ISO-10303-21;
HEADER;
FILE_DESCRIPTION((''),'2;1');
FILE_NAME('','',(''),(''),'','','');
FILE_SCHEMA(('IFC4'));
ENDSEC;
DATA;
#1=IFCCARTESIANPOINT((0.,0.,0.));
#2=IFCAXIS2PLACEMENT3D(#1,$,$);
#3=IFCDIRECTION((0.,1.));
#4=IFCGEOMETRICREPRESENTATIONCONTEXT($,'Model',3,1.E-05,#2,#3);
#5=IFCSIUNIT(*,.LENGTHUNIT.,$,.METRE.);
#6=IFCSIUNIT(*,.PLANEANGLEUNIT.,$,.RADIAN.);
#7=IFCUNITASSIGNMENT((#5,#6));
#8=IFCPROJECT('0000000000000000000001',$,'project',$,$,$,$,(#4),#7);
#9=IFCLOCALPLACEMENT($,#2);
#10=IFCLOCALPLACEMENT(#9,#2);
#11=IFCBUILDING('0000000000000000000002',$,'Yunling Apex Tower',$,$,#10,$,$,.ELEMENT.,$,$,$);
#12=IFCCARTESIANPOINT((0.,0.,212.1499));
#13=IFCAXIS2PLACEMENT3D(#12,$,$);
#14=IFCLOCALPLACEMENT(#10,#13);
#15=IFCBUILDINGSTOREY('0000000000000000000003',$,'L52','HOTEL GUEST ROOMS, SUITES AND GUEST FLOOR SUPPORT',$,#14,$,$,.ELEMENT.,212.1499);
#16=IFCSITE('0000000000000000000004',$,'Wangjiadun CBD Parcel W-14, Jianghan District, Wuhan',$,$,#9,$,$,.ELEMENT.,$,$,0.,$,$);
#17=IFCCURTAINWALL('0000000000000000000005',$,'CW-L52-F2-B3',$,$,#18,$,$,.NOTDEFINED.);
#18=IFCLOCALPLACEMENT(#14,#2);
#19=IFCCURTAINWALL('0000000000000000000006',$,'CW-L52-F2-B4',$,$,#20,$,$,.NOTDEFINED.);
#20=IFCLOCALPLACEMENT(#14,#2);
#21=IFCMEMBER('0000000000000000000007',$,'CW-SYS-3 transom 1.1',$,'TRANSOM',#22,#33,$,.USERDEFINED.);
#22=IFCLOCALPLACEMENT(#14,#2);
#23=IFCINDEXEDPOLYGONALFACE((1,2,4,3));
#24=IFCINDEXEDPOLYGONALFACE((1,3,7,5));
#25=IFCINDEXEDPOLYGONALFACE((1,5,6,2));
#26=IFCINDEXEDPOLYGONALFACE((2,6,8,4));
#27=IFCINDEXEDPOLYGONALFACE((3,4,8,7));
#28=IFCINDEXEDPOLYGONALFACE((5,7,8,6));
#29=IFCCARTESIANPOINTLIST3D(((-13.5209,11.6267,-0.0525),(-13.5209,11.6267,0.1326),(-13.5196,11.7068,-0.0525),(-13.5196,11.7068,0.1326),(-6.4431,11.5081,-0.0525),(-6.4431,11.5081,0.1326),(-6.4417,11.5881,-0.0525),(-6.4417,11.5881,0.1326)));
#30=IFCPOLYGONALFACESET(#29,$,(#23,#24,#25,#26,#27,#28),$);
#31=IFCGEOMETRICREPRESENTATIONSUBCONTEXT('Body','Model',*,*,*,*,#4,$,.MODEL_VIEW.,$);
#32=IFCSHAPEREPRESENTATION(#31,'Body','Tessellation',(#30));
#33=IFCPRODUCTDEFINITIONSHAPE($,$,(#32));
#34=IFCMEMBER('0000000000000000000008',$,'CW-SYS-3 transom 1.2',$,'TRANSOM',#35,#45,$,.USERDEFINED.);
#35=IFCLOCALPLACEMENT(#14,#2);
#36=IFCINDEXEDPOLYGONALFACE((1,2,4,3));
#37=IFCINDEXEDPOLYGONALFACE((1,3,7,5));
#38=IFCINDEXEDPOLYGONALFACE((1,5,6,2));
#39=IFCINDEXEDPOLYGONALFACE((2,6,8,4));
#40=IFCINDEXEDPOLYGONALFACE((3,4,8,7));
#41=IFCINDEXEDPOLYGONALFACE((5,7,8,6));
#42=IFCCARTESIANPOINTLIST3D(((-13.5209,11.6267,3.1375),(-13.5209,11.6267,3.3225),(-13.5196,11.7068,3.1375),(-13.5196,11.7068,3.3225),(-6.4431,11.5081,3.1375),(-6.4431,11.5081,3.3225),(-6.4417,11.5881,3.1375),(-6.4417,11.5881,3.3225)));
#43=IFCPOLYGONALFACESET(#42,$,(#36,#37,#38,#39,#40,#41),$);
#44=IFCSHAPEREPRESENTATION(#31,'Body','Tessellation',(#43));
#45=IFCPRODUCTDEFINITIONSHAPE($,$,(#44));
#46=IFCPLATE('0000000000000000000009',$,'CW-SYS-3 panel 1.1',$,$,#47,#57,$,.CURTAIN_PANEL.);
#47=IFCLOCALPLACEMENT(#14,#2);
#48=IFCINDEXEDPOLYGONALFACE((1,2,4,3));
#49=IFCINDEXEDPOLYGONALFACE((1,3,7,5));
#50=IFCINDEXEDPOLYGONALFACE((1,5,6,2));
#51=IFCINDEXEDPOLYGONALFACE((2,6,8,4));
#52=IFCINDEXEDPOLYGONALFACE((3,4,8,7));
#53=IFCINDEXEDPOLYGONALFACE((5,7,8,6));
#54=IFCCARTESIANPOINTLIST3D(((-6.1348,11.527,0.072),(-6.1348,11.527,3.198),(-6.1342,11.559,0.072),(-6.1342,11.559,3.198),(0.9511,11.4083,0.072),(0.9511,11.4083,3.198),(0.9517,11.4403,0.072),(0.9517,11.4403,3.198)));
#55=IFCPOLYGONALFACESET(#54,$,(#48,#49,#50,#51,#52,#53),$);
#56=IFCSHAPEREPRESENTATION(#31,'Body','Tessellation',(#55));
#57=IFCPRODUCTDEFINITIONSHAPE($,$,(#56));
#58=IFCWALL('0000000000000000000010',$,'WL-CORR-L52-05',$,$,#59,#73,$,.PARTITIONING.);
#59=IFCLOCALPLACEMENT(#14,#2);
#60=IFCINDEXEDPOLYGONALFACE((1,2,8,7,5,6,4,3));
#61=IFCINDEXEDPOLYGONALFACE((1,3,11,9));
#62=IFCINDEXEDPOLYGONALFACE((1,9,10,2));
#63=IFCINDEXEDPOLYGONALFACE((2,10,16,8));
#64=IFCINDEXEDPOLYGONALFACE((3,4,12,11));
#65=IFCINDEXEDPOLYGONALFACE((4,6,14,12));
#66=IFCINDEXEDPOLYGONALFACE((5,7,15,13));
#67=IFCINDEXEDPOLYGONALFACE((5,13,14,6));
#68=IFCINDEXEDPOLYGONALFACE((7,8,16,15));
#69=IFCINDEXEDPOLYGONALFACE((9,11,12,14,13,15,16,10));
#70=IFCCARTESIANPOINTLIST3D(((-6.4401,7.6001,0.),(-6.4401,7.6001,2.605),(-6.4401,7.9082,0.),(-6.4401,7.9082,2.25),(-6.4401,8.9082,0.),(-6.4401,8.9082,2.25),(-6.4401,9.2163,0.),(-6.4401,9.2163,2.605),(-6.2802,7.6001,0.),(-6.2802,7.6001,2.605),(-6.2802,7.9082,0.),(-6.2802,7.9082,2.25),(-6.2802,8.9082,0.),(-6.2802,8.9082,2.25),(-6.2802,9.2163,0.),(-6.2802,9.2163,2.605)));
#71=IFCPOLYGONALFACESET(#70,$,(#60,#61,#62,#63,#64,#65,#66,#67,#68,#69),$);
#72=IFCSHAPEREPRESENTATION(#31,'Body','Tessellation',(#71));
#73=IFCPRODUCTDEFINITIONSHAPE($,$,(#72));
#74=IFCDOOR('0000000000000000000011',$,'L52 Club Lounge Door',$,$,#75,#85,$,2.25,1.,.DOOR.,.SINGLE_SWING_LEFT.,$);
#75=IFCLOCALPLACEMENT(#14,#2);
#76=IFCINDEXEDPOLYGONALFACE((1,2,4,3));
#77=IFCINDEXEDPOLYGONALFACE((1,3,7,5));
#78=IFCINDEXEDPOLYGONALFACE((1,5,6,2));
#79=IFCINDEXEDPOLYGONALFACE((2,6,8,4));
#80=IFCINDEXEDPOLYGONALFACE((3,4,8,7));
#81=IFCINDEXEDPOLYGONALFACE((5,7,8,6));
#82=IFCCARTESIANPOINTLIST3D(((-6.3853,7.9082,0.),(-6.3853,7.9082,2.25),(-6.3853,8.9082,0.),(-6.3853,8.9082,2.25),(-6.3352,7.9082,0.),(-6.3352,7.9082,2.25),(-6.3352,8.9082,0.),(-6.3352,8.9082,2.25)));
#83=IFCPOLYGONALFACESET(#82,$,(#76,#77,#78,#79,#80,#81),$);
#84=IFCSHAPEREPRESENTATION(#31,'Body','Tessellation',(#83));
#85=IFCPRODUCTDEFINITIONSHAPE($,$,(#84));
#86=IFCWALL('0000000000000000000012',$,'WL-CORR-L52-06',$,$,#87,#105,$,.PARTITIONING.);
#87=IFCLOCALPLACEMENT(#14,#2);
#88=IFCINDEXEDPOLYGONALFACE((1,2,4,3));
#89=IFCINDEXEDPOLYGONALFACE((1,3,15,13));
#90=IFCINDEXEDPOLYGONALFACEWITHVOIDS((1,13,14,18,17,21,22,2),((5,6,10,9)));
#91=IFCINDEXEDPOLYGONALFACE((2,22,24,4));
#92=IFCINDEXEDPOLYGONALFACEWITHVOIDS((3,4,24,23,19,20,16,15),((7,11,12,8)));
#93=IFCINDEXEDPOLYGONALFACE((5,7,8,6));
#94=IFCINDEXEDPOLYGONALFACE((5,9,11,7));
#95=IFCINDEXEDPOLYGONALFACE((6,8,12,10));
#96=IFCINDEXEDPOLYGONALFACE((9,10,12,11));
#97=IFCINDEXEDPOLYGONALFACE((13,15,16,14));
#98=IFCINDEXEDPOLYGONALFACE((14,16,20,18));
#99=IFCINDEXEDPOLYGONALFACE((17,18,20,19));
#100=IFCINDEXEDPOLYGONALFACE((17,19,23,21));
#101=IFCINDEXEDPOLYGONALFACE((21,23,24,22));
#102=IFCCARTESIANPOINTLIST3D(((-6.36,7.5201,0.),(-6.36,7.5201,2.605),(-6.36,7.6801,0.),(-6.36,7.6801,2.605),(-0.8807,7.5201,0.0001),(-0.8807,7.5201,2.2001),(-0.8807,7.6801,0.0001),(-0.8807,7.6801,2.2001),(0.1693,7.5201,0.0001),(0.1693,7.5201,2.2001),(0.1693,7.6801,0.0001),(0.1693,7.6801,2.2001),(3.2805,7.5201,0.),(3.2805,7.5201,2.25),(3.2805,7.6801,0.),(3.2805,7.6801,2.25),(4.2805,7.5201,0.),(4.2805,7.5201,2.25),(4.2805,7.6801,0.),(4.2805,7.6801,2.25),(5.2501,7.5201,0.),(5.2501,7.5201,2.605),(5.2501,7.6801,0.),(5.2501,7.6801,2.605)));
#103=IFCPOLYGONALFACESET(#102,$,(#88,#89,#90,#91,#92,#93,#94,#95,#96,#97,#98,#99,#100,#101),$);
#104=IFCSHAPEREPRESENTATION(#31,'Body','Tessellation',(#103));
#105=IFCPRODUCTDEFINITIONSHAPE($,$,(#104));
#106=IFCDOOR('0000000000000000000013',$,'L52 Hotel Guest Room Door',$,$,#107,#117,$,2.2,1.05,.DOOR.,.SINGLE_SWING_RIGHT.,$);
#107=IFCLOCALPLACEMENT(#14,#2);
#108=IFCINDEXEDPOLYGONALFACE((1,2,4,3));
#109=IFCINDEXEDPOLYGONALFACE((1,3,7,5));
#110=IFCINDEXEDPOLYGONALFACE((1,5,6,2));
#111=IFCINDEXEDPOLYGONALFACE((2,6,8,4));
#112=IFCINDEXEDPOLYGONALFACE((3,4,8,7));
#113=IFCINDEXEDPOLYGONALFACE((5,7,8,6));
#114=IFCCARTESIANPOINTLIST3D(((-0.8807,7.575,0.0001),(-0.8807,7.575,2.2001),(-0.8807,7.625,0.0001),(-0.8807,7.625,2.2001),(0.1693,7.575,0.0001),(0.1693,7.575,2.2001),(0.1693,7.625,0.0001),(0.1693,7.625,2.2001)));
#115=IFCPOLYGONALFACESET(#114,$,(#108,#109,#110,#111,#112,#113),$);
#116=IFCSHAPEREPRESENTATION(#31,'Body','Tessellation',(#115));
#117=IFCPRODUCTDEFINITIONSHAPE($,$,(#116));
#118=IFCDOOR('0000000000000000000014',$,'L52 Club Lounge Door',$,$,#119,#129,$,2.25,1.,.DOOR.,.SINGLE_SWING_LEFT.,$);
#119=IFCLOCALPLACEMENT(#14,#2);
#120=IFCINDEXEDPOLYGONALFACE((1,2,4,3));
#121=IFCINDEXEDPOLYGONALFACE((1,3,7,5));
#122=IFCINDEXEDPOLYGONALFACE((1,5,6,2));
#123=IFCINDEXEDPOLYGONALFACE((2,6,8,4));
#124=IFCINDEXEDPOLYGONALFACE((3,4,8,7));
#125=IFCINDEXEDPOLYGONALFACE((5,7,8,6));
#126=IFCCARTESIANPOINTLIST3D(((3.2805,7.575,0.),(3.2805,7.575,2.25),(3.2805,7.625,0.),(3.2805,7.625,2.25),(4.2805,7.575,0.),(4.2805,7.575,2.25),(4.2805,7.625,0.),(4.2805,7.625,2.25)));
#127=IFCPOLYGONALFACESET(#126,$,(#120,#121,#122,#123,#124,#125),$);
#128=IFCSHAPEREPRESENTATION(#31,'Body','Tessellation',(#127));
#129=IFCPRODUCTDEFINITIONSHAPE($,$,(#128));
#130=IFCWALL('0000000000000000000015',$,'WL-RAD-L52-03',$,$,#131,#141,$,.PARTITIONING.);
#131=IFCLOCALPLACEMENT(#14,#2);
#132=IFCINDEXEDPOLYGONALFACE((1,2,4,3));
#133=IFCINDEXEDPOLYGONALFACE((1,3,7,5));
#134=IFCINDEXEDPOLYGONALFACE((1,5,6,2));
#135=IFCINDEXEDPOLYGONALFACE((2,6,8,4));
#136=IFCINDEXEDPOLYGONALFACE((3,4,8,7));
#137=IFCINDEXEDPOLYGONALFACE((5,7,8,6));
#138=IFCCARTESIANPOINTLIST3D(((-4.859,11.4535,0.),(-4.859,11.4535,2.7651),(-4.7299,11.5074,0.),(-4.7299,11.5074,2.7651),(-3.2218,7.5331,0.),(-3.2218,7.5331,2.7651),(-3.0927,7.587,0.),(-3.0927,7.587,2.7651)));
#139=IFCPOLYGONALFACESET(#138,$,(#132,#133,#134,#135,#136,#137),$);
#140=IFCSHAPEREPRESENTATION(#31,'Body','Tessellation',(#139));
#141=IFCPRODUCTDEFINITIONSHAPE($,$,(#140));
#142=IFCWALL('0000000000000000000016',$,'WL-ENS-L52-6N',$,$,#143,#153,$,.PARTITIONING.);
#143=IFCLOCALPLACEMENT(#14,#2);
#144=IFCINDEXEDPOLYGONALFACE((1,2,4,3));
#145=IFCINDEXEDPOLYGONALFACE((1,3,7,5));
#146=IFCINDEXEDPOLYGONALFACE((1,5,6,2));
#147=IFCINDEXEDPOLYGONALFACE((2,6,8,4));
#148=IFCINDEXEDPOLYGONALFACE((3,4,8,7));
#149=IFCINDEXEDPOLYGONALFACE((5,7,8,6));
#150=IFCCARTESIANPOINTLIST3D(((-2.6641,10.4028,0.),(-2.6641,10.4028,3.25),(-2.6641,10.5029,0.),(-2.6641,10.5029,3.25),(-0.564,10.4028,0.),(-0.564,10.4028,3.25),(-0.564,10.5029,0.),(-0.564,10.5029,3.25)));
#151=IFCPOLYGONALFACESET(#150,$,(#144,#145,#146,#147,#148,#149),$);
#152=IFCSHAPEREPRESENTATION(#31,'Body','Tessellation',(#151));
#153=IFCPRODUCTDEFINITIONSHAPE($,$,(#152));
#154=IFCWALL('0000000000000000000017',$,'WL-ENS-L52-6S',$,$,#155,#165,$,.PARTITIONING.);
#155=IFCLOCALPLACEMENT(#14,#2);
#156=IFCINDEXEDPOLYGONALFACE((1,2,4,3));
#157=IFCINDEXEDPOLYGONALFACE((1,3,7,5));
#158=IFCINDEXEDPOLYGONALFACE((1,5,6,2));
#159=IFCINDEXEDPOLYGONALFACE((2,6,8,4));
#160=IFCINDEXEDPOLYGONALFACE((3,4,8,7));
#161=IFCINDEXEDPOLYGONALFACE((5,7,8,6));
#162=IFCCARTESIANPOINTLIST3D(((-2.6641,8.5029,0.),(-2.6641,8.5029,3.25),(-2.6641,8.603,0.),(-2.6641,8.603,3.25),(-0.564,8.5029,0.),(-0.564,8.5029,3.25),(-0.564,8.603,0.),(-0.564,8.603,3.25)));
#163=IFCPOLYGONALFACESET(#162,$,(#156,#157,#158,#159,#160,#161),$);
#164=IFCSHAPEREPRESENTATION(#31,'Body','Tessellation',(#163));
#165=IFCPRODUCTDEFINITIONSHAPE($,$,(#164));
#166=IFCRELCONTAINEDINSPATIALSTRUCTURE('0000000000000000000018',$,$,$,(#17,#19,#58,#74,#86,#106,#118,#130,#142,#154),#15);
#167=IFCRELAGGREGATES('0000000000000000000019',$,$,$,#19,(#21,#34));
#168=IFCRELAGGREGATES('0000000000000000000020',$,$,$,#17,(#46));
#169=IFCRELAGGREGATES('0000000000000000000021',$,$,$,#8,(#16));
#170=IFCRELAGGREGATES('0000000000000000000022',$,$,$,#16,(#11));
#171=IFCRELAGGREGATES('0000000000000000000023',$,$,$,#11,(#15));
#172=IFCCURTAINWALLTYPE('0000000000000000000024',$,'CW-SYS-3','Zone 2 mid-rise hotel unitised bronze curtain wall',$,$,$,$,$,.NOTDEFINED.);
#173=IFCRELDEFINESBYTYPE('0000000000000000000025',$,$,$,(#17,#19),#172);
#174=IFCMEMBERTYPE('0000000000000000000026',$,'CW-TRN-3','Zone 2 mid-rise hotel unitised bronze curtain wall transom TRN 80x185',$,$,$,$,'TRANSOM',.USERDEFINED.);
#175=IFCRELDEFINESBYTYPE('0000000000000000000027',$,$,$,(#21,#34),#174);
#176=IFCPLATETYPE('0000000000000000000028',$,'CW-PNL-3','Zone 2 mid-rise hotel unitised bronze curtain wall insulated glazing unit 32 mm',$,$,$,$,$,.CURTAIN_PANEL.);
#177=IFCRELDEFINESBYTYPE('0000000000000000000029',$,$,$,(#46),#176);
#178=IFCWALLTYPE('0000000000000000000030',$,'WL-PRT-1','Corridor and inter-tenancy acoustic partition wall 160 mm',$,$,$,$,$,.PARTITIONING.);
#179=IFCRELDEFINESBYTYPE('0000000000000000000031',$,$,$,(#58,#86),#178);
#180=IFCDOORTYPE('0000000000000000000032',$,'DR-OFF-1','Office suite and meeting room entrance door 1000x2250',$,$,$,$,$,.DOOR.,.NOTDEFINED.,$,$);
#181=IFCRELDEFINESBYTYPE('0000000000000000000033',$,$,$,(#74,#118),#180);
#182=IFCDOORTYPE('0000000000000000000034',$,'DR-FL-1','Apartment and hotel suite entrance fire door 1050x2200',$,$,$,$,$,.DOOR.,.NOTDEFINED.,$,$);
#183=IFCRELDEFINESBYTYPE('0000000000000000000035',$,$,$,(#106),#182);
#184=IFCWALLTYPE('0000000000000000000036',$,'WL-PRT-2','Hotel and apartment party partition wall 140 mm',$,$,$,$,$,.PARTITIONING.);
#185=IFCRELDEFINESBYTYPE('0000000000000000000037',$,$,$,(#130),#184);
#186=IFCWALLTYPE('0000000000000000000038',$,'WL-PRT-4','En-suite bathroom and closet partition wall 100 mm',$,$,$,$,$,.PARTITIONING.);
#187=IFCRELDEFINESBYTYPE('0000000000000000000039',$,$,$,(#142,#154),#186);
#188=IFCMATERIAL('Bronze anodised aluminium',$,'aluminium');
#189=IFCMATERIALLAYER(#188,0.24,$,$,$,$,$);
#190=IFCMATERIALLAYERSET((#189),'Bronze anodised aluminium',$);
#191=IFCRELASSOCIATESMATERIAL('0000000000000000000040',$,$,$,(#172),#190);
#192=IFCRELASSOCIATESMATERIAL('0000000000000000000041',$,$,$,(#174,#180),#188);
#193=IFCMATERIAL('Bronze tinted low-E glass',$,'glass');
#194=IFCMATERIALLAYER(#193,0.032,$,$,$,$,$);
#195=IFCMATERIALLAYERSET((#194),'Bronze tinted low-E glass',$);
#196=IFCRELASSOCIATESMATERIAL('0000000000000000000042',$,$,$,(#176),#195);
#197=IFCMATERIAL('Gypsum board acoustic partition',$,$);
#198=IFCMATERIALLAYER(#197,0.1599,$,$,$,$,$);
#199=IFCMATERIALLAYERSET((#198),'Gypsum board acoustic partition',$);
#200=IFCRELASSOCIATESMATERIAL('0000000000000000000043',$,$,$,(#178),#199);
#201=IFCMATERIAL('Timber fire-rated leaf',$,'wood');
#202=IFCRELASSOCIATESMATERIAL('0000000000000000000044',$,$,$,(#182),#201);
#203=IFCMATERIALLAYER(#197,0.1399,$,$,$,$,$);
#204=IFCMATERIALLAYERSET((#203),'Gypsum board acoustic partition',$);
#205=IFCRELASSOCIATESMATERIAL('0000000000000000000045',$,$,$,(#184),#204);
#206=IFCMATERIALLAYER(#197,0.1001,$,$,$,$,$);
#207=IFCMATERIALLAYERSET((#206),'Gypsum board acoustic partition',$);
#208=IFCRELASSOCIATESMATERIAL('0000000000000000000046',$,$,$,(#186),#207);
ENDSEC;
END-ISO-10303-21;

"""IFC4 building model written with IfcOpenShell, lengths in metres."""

from ifc_helpers import new_model, si_unit, direction, frame, frame_2d, origin, origin_2d, place, context, subcontext, project, spatial, rectangle, extrude, source, transform, mapped, material, layer, layer_set, material_profile, profile_set, type_object, element, fill, aggregate, save


model = new_model("IFC4")

# Units and contexts
model_context = context("Model", 3, precision=1e-05, world=origin(), true_north=direction((0.0, 1.0)))
body_context = subcontext(model_context, "Body", "Model", "MODEL_VIEW")
ifc_project = project(units=[si_unit("LENGTHUNIT", "METRE"), si_unit("PLANEANGLEUNIT", "RADIAN")], contexts=[model_context])

# Site, building, storey
site_placement = place(None, origin())
site = spatial("IfcSite", under=ifc_project, at=site_placement, Name="Wangjiadun CBD Parcel W-14, Jianghan District, Wuhan", CompositionType="ELEMENT", RefElevation=0.0)
building_placement = place(site_placement, origin())
building = spatial("IfcBuilding", under=site, at=building_placement, Name="Yunling Apex Tower", CompositionType="ELEMENT")
storey_placement = place(building_placement, frame((0.0, 0.0, 212.1499)))
storey = spatial("IfcBuildingStorey", under=building, at=storey_placement, Name="L52", Description="HOTEL GUEST ROOMS, SUITES AND GUEST FLOOR SUPPORT", CompositionType="ELEMENT", Elevation=212.1499)

# Curtain wall
ifc_material_1 = material(Name="Bronze anodised aluminium", Category="aluminium")
ifc_layer_1 = layer(ifc_material_1, 0.24)
ifc_layer_set_1 = layer_set([ifc_layer_1], Name="Bronze anodised aluminium")
curtain_wall_type = type_object("IfcCurtainWallType", Name="CW-SYS-3", Description="Zone 2 mid-rise hotel unitised bronze curtain wall", PredefinedType="NOTDEFINED", material=ifc_layer_set_1)
curtain_wall_1_placement = place(storey_placement, origin())
curtain_wall_1 = element("IfcCurtainWall", 1, at=curtain_wall_1_placement, inside=storey, type_object=curtain_wall_type, Name="CW-L52-F2-B3", PredefinedType="NOTDEFINED")

# Curtain wall, members
curtain_wall_2_placement = place(storey_placement, origin())
curtain_wall_2 = element("IfcCurtainWall", 2, at=curtain_wall_2_placement, inside=storey, type_object=curtain_wall_type, Name="CW-L52-F2-B4", PredefinedType="NOTDEFINED")
ifc_material_profile_1 = material_profile(ifc_material_1, rectangle(XDim=0.0801, YDim=0.1851, at=origin_2d()))
ifc_profile_set_1 = profile_set([ifc_material_profile_1], Name="Bronze anodised aluminium")
member_type_1 = type_object("IfcMemberType", Name="CW-TRN-3", Description="Zone 2 mid-rise hotel unitised bronze curtain wall transom TRN 80x185", ElementType="TRANSOM", PredefinedType="USERDEFINED", material=ifc_profile_set_1)
shared_shape_1 = source(origin(), body_context, "Body", "SweptSolid", [
    extrude(rectangle(XDim=0.0801, YDim=0.1851, at=origin_2d()), origin(), (0.0, 0.0, 1.0), 7.0789),
])
member_1_placement = place(storey_placement, frame((-6.4424, 11.5481, 0.04), z_axis=(-0.99986, 0.016761, 0.0), x_axis=(-0.016761, -0.99986, 0.0)))
member_1 = element("IfcMember", 3, at=member_1_placement, type_object=member_type_1, Name="CW-SYS-3 transom 1.1", ObjectType="TRANSOM", PredefinedType="USERDEFINED", context=body_context, shape_type="MappedRepresentation", body=[
    mapped(shared_shape_1, transform((0.0, 0.0, 0.0), scale=1.0)),
])
member_2_placement = place(storey_placement, frame((-6.4424, 11.5481, 3.23), z_axis=(-0.99986, 0.016761, 0.0), x_axis=(-0.016761, -0.99986, 0.0)))
member_2 = element("IfcMember", 4, at=member_2_placement, type_object=member_type_1, Name="CW-SYS-3 transom 1.2", ObjectType="TRANSOM", PredefinedType="USERDEFINED", context=body_context, shape_type="MappedRepresentation", body=[
    mapped(shared_shape_1, transform((0.0, 0.0, 0.0), scale=1.0)),
])
aggregate(curtain_wall_2, [member_1, member_2])

# Plate
ifc_material_2 = material(Name="Bronze tinted low-E glass", Category="glass")
ifc_layer_2 = layer(ifc_material_2, 0.032)
ifc_layer_set_2 = layer_set([ifc_layer_2], Name="Bronze tinted low-E glass")
plate_type = type_object("IfcPlateType", Name="CW-PNL-3", Description="Zone 2 mid-rise hotel unitised bronze curtain wall insulated glazing unit 32 mm", PredefinedType="CURTAIN_PANEL", material=ifc_layer_set_2)
shared_shape_2 = source(origin(), body_context, "Body", "SweptSolid", [
    extrude(rectangle(XDim=7.0869, YDim=0.032, at=origin_2d()), origin(), (0.0, 0.0, 1.0), 3.126),
])
plate_placement = place(storey_placement, frame((-2.5916, 11.4836, 0.072), z_axis=(0.0, 0.0, 1.0), x_axis=(-0.99986, 0.016747, 0.0)))
plate = element("IfcPlate", 5, at=plate_placement, type_object=plate_type, Name="CW-SYS-3 panel 1.1", PredefinedType="CURTAIN_PANEL", context=body_context, shape_type="MappedRepresentation", body=[
    mapped(shared_shape_2, transform((0.0, 0.0, 0.0), scale=1.0)),
])
aggregate(curtain_wall_1, [plate])

# Wall, opening, door
ifc_material_3 = material(Name="Gypsum board acoustic partition")
ifc_layer_3 = layer(ifc_material_3, 0.1599)
ifc_layer_set_3 = layer_set([ifc_layer_3], Name="Gypsum board acoustic partition")
wall_type_1 = type_object("IfcWallType", Name="WL-PRT-1", Description="Corridor and inter-tenancy acoustic partition wall 160 mm", PredefinedType="PARTITIONING", material=ifc_layer_set_3)
wall_1_placement = place(storey_placement, frame((-6.3601, 9.2163, 0.0), z_axis=(0.0, 0.0, 1.0), x_axis=(0.0, -1.0, 0.0)))
wall_1 = element("IfcWall", 6, at=wall_1_placement, inside=storey, type_object=wall_type_1, Name="WL-CORR-L52-05", PredefinedType="PARTITIONING", context=body_context, shape_type="SweptSolid", body=[
    extrude(rectangle(XDim=1.6162, YDim=0.1599, at=frame_2d((0.8081, 0.0))), origin(), (0.0, 0.0, 1.0), 2.605),
])
opening_1_placement = place(wall_1_placement, frame((0.3081, 0.0, 0.0)))
opening_1 = element("IfcOpeningElement", 7, at=opening_1_placement, cuts=wall_1, PredefinedType="OPENING", context=body_context, shape_type="SweptSolid", body=[
    extrude(rectangle(XDim=1.0, YDim=2.25, at=frame_2d((0.5, 1.125))), frame((0.0, 0.0898, 0.0), z_axis=(0.0, -1.0, 0.0), x_axis=(1.0, 0.0, 0.0)), (0.0, 0.0, 1.0), 0.1799),
])
door_type_1 = type_object("IfcDoorType", Name="DR-OFF-1", Description="Office suite and meeting room entrance door 1000x2250", OperationType="NOTDEFINED", PredefinedType="DOOR", material=ifc_material_1)
door_1_placement = place(opening_1_placement, origin())
door_1 = element("IfcDoor", 8, at=door_1_placement, inside=storey, type_object=door_type_1, Name="L52 Club Lounge Door", OperationType="SINGLE_SWING_LEFT", OverallHeight=2.25, OverallWidth=1.0, PredefinedType="DOOR", context=body_context, shape_type="SweptSolid", body=[
    extrude(rectangle(XDim=1.0, YDim=2.25, at=frame_2d((0.5, 1.125))), frame((0.0, 0.0249, 0.0), z_axis=(0.0, -1.0, 0.0), x_axis=(1.0, 0.0, 0.0)), (0.0, 0.0, 1.0), 0.05),
])
fill(opening_1, door_1)

# Wall, openings, doors
wall_2_placement = place(storey_placement, frame((-6.3601, 7.6001, 0.0), z_axis=(0.0, 0.0, 1.0), x_axis=(1.0, 0.0, 0.0)))
wall_2 = element("IfcWall", 9, at=wall_2_placement, inside=storey, type_object=wall_type_1, Name="WL-CORR-L52-06", PredefinedType="PARTITIONING", context=body_context, shape_type="SweptSolid", body=[
    extrude(rectangle(XDim=11.6101, YDim=0.1599, at=frame_2d((5.8052, 0.0))), origin(), (0.0, 0.0, 1.0), 2.605),
])
opening_2_placement = place(wall_2_placement, frame((5.4795, 0.0, 0.0)))
opening_2 = element("IfcOpeningElement", 10, at=opening_2_placement, cuts=wall_2, PredefinedType="OPENING", context=body_context, shape_type="SweptSolid", body=[
    extrude(rectangle(XDim=1.05, YDim=2.2, at=frame_2d((0.5249, 1.1001))), frame((0.0, 0.0898, 0.0), z_axis=(0.0, -1.0, 0.0), x_axis=(1.0, 0.0, 0.0)), (0.0, 0.0, 1.0), 0.1799),
])
opening_3_placement = place(wall_2_placement, frame((9.6406, 0.0, 0.0)))
opening_3 = element("IfcOpeningElement", 11, at=opening_3_placement, cuts=wall_2, PredefinedType="OPENING", context=body_context, shape_type="SweptSolid", body=[
    extrude(rectangle(XDim=1.0, YDim=2.25, at=frame_2d((0.5, 1.125))), frame((0.0, 0.0898, 0.0), z_axis=(0.0, -1.0, 0.0), x_axis=(1.0, 0.0, 0.0)), (0.0, 0.0, 1.0), 0.1799),
])
ifc_material_4 = material(Name="Timber fire-rated leaf", Category="wood")
door_type_2 = type_object("IfcDoorType", Name="DR-FL-1", Description="Apartment and hotel suite entrance fire door 1050x2200", OperationType="NOTDEFINED", PredefinedType="DOOR", material=ifc_material_4)
door_2_placement = place(opening_2_placement, origin())
door_2 = element("IfcDoor", 12, at=door_2_placement, inside=storey, type_object=door_type_2, Name="L52 Hotel Guest Room Door", OperationType="SINGLE_SWING_RIGHT", OverallHeight=2.2, OverallWidth=1.05, PredefinedType="DOOR", context=body_context, shape_type="SweptSolid", body=[
    extrude(rectangle(XDim=1.05, YDim=2.2, at=frame_2d((0.5249, 1.1001))), frame((0.0, 0.0249, 0.0), z_axis=(0.0, -1.0, 0.0), x_axis=(1.0, 0.0, 0.0)), (0.0, 0.0, 1.0), 0.05),
])
fill(opening_2, door_2)
door_3_placement = place(opening_3_placement, origin())
door_3 = element("IfcDoor", 13, at=door_3_placement, inside=storey, type_object=door_type_1, Name="L52 Club Lounge Door", OperationType="SINGLE_SWING_LEFT", OverallHeight=2.25, OverallWidth=1.0, PredefinedType="DOOR", context=body_context, shape_type="SweptSolid", body=[
    extrude(rectangle(XDim=1.0, YDim=2.25, at=frame_2d((0.5, 1.125))), frame((0.0, 0.0249, 0.0), z_axis=(0.0, -1.0, 0.0), x_axis=(1.0, 0.0, 0.0)), (0.0, 0.0, 1.0), 0.05),
])
fill(opening_3, door_3)

# Walls
ifc_layer_4 = layer(ifc_material_3, 0.1399)
ifc_layer_set_4 = layer_set([ifc_layer_4], Name="Gypsum board acoustic partition")
wall_type_2 = type_object("IfcWallType", Name="WL-PRT-2", Description="Hotel and apartment party partition wall 140 mm", PredefinedType="PARTITIONING", material=ifc_layer_set_4)
wall_3_placement = place(storey_placement, frame((-3.1572, 7.5601, 0.0), z_axis=(0.0, 0.0, 1.0), x_axis=(-0.385358, 0.922767, 0.0)))
element("IfcWall", 14, at=wall_3_placement, inside=storey, type_object=wall_type_2, Name="WL-RAD-L52-03", PredefinedType="PARTITIONING", context=body_context, shape_type="SweptSolid", body=[
    extrude(rectangle(XDim=4.2485, YDim=0.1399, at=frame_2d((2.1243, 0.0))), origin(), (0.0, 0.0, 1.0), 2.7651),
])
ifc_layer_5 = layer(ifc_material_3, 0.1001)
ifc_layer_set_5 = layer_set([ifc_layer_5], Name="Gypsum board acoustic partition")
wall_type_3 = type_object("IfcWallType", Name="WL-PRT-4", Description="En-suite bathroom and closet partition wall 100 mm", PredefinedType="PARTITIONING", material=ifc_layer_set_5)
for number, where, z_axis, x_axis, name in (
    (15, (-2.6641, 10.4529, 0.0), (0.0, 0.0, 1.0), (1.0, 0.0, 0.0), "WL-ENS-L52-6N"),
    (16, (-0.564, 8.553, 0.0), (0.0, 0.0, 1.0), (-1.0, 0.0, 0.0), "WL-ENS-L52-6S"),
):
    element("IfcWall", number, at=place(storey_placement, frame(where, z_axis=z_axis, x_axis=x_axis)), inside=storey, type_object=wall_type_3, Name=name, PredefinedType="PARTITIONING", context=body_context, shape_type="SweptSolid", body=[
        extrude(rectangle(XDim=2.1001, YDim=0.1001, at=frame_2d((1.05, 0.0))), origin(), (0.0, 0.0, 1.0), 3.25),
    ])

save(model, "model.ifc")
